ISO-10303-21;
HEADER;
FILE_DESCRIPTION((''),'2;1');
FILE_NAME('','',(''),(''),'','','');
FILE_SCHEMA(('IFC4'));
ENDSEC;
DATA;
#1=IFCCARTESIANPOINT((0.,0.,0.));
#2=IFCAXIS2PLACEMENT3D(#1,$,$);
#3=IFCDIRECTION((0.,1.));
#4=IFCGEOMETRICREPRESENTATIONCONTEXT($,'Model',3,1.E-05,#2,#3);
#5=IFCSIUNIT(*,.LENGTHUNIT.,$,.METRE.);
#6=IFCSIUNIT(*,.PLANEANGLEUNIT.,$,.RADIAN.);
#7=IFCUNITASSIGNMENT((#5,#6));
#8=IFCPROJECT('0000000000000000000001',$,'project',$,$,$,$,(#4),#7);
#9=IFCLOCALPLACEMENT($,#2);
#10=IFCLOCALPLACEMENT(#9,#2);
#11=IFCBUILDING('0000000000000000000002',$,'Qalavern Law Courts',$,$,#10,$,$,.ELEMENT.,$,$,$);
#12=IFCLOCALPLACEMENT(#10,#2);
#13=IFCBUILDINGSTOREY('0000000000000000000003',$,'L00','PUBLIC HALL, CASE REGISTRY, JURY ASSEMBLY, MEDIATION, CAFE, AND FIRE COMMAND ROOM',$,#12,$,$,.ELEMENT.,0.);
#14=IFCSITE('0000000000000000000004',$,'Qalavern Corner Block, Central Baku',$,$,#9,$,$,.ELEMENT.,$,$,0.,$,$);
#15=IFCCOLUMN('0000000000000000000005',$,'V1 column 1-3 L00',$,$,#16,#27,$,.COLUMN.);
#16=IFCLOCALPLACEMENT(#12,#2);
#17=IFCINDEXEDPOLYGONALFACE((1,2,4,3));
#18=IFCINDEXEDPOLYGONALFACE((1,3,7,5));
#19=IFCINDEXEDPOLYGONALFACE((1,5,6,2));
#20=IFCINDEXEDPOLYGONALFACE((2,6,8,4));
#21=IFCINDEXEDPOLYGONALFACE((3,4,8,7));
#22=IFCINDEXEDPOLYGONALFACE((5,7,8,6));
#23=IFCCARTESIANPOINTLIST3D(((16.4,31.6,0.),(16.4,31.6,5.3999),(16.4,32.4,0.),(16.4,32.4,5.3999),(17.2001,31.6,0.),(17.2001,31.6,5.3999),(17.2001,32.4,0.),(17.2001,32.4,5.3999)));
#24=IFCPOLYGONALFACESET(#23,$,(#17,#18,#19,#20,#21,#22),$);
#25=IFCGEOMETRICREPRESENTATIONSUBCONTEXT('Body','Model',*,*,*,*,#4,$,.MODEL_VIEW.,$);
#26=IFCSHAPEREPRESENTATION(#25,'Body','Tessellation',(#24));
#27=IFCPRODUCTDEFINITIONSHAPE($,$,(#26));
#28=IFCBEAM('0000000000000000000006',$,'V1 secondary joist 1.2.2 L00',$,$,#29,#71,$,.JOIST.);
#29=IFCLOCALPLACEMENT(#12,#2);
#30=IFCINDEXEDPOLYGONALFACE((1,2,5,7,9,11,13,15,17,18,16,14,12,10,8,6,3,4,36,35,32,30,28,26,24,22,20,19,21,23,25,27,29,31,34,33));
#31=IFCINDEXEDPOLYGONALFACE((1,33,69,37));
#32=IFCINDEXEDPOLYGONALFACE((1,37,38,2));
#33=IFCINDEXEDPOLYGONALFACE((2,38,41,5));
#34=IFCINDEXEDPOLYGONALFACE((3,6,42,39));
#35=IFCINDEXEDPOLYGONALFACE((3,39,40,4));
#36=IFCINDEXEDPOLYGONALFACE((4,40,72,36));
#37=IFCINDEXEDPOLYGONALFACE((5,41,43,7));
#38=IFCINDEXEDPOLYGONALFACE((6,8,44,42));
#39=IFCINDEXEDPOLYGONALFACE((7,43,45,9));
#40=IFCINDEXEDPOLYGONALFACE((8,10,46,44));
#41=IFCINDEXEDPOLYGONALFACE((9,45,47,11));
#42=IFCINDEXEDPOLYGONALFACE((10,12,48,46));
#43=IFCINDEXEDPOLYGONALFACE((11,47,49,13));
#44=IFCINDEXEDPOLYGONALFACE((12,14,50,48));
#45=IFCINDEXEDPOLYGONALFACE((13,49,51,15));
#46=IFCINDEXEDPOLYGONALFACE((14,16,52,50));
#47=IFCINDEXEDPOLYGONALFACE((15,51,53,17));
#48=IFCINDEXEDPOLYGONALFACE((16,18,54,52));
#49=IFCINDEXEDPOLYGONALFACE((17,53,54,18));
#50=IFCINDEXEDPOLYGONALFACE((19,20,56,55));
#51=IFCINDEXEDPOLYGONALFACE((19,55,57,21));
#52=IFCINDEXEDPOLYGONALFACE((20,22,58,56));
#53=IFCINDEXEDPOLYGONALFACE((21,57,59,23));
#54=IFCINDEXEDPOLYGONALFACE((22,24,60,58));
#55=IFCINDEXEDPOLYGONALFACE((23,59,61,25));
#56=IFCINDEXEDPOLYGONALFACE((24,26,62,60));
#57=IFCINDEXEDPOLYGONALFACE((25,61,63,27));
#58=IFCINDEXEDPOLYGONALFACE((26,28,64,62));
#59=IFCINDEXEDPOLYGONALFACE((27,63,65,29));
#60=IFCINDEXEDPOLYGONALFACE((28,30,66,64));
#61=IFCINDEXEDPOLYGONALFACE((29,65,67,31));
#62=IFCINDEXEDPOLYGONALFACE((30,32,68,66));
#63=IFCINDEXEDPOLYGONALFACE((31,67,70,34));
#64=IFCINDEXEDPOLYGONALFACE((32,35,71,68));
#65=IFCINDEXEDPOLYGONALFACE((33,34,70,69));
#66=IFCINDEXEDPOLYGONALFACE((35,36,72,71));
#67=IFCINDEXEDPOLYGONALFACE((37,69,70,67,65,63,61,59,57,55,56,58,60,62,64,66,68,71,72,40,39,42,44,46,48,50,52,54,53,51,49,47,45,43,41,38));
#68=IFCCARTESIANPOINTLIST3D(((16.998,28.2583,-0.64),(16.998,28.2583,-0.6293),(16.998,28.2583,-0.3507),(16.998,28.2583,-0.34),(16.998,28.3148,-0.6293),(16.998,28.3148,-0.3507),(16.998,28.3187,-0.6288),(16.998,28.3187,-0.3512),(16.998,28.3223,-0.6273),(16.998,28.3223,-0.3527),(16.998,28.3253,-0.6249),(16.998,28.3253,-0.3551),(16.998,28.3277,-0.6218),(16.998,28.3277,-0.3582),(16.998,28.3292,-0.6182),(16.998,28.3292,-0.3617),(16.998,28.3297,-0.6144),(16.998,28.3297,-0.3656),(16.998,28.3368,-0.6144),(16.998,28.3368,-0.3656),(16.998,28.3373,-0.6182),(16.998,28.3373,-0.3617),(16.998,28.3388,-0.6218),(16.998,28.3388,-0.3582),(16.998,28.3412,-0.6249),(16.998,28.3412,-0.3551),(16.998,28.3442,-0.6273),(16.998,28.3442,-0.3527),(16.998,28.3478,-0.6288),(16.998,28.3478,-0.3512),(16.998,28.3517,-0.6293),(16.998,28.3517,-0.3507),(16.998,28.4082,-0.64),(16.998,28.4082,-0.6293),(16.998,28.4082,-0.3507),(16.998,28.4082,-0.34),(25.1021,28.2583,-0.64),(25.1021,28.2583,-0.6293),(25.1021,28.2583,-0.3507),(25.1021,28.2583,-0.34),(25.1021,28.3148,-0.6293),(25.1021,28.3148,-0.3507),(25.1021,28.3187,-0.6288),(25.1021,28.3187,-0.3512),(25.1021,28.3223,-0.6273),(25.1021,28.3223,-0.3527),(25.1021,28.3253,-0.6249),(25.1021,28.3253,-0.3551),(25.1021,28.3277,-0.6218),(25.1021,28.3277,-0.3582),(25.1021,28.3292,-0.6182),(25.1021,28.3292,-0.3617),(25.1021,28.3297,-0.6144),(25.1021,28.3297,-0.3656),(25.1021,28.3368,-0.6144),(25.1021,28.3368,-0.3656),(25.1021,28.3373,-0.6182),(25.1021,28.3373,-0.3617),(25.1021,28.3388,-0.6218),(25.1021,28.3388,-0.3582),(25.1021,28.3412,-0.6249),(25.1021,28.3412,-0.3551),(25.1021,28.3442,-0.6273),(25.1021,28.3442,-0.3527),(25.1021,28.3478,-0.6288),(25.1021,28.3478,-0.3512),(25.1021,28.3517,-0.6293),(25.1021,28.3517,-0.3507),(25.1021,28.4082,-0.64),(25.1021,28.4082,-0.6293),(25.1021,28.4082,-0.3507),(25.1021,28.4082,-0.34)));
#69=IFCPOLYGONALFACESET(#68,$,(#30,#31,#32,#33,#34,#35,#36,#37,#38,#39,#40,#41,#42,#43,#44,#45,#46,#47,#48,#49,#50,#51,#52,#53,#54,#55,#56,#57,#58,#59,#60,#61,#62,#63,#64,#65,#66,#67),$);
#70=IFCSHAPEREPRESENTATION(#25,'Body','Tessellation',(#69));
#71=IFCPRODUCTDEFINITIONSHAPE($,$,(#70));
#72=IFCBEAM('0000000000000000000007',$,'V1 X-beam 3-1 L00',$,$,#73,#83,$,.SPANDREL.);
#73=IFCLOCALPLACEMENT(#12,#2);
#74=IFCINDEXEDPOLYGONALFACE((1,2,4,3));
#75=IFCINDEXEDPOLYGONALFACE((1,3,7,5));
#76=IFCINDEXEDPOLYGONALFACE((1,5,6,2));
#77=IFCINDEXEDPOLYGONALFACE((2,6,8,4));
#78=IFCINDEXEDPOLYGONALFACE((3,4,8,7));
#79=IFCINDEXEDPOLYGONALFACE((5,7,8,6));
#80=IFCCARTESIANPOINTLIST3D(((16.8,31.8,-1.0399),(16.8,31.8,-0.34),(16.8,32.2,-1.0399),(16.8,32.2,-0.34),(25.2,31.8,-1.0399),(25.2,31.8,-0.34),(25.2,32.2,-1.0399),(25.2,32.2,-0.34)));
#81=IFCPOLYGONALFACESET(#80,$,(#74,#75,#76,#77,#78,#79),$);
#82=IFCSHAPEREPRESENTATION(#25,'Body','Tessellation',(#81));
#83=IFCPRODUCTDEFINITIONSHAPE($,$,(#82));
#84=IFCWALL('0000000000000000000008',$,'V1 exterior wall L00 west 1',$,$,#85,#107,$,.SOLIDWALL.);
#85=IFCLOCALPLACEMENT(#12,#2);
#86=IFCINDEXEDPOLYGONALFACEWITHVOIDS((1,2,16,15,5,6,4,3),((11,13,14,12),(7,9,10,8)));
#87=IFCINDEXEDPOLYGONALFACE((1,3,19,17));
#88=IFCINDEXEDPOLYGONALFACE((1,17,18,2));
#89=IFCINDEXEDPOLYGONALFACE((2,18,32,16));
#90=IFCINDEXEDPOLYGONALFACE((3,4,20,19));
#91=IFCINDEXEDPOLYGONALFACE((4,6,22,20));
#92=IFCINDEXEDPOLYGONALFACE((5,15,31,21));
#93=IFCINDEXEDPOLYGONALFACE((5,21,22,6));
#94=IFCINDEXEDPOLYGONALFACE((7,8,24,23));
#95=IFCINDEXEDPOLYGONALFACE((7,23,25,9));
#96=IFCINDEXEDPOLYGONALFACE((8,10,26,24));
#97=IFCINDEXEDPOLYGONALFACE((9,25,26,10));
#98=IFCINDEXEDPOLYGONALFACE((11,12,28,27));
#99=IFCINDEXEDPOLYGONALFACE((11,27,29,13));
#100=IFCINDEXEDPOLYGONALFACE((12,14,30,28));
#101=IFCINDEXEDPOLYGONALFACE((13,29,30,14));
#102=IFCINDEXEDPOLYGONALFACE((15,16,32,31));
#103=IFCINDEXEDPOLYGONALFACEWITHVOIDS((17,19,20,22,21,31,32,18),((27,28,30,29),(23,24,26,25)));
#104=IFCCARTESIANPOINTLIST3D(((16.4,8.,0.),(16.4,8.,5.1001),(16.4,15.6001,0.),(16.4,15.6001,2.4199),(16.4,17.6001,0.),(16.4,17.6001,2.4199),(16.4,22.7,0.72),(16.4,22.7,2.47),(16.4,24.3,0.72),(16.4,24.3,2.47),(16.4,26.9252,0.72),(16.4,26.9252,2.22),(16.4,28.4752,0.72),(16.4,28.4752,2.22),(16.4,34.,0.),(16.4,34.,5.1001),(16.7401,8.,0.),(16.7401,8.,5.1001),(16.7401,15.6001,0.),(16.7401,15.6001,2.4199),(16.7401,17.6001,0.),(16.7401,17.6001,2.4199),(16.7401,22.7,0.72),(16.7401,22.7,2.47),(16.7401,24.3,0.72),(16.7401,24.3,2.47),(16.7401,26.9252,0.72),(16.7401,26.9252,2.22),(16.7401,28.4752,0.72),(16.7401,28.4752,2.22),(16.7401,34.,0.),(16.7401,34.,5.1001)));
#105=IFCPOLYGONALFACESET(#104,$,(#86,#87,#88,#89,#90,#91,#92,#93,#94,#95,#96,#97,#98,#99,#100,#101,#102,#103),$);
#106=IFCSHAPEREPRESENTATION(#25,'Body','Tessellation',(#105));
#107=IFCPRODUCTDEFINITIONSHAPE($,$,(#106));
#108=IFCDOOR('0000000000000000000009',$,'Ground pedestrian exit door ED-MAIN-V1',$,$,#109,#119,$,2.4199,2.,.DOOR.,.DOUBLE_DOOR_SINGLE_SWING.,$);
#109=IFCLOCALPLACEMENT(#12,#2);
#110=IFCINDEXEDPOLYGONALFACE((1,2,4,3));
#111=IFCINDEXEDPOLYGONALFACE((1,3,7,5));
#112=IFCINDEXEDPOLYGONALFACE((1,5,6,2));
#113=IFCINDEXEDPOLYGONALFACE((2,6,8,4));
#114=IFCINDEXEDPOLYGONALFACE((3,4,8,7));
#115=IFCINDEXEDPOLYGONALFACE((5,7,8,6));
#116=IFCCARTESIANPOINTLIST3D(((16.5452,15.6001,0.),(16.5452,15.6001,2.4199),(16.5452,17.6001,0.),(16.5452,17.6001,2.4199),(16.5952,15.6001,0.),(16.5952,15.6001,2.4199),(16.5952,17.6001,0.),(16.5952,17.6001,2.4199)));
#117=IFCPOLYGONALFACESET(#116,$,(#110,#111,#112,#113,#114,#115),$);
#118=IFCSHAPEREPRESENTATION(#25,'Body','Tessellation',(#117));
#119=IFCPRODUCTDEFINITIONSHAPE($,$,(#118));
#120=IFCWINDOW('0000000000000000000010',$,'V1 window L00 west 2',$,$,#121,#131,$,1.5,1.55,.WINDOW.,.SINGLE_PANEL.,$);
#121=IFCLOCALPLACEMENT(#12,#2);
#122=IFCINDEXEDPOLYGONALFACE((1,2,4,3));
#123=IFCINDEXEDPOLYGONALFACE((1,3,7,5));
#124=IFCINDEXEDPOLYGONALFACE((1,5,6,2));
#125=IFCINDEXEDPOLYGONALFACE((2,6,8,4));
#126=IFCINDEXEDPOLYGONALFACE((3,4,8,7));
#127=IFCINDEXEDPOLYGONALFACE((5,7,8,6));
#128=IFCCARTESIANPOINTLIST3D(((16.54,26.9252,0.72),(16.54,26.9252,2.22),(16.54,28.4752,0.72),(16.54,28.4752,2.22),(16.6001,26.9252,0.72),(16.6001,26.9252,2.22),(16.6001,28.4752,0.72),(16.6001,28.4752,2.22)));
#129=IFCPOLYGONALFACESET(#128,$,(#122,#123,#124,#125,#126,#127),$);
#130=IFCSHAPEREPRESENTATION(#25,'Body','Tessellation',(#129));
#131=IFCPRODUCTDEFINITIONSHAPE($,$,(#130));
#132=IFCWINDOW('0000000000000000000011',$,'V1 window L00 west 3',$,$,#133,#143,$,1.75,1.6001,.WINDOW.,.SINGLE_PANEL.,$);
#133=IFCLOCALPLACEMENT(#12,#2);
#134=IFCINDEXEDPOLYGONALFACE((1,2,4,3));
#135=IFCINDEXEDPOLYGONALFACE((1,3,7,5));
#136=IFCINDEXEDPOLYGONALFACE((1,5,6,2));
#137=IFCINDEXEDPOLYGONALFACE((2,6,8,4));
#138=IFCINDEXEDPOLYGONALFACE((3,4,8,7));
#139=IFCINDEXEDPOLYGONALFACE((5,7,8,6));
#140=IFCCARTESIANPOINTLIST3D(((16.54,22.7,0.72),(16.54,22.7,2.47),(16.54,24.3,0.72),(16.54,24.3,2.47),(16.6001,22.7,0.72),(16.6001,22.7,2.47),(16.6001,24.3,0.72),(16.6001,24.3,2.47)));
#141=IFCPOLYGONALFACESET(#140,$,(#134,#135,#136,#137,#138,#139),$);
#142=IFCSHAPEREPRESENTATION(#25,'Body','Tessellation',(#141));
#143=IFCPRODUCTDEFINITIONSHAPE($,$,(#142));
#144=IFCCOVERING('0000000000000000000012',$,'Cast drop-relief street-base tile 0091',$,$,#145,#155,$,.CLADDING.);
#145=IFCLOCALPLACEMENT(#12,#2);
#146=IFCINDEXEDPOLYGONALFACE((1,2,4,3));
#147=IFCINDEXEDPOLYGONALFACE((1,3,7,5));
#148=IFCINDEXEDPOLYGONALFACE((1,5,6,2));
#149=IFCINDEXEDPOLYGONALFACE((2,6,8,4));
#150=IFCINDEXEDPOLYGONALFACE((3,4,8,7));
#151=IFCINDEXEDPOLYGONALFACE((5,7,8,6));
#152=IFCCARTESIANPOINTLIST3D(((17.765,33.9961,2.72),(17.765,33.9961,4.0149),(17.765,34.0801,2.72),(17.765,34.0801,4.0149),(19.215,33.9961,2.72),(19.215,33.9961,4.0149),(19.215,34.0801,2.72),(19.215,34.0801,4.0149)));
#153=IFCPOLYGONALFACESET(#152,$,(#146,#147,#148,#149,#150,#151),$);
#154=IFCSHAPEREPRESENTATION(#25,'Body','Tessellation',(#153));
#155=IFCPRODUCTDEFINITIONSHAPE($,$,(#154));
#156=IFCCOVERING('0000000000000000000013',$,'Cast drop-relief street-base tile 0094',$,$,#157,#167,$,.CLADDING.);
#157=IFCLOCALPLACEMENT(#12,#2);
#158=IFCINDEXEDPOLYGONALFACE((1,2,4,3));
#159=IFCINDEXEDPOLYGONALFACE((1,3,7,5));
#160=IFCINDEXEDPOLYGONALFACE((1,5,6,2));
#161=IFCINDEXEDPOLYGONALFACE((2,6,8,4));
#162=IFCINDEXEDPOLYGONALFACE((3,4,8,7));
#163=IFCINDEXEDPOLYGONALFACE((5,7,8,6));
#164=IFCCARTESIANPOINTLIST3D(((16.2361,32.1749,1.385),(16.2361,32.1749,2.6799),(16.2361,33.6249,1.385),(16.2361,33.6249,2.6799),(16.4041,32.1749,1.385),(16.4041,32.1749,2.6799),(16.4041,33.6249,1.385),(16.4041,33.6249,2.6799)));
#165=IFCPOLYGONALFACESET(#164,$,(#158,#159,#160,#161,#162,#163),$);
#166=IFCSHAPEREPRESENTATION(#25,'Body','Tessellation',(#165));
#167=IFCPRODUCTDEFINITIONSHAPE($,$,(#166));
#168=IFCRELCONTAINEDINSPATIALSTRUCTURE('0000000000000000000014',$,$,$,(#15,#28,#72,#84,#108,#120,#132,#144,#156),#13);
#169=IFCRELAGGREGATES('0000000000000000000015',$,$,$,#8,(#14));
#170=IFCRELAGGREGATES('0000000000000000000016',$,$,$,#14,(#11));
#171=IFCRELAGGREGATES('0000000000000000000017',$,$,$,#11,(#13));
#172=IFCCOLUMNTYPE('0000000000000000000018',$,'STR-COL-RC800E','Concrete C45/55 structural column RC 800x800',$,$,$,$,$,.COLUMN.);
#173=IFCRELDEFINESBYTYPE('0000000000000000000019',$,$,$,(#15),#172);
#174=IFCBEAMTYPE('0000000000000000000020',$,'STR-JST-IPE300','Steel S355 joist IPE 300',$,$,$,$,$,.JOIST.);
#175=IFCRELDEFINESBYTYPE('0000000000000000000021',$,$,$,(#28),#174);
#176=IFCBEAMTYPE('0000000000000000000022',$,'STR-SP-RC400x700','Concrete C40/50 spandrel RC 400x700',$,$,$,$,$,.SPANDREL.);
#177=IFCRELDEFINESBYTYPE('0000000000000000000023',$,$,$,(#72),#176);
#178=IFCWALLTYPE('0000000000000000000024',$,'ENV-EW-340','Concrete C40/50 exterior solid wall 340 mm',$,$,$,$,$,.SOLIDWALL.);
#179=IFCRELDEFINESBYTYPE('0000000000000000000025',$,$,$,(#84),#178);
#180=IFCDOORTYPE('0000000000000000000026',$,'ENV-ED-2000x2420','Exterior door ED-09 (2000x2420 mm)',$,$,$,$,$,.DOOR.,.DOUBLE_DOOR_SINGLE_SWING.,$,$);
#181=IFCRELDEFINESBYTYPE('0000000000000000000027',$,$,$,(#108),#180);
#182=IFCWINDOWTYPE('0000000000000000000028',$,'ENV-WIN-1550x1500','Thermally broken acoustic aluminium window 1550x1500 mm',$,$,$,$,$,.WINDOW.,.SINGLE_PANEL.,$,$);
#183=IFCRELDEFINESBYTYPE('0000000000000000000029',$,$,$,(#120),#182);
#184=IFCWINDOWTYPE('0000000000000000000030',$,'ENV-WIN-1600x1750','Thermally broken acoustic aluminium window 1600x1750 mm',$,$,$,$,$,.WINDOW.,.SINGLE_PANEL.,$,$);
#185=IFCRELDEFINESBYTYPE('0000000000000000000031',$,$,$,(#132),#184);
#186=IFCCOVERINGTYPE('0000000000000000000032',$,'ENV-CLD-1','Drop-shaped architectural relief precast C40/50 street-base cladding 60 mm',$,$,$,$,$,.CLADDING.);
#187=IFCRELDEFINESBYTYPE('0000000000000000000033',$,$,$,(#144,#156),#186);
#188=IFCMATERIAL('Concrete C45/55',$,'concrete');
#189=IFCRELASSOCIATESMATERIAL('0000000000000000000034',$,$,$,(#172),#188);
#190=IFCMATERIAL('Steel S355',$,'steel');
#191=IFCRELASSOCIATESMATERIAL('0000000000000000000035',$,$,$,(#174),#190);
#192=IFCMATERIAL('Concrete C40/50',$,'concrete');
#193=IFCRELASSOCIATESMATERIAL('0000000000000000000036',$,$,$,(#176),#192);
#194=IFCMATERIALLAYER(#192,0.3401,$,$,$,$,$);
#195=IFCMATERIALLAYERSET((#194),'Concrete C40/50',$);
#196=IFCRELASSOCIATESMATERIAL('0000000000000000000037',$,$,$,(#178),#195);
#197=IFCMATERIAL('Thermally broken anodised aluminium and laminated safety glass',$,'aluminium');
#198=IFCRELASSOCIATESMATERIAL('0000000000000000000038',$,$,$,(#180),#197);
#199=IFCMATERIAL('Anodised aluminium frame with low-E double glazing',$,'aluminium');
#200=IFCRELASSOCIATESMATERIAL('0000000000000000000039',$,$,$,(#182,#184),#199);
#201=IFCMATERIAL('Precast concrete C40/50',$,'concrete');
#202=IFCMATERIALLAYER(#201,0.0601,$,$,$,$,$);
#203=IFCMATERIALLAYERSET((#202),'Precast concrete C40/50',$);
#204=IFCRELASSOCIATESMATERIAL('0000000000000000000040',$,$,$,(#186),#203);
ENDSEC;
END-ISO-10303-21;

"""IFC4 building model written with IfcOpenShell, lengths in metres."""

from ifc_helpers import new_model, si_unit, direction, frame, frame_2d, origin, origin_2d, place, context, subcontext, project, spatial, rectangle, i_section, extrude, material, layer, layer_set, material_profile, profile_set, type_object, element, fill, save


model = new_model("IFC4")

# Units and contexts
model_context = context("Model", 3, precision=1e-05, world=origin(), true_north=direction((0.0, 1.0)))
body_context = subcontext(model_context, "Body", "Model", "MODEL_VIEW")
ifc_project = project(units=[si_unit("LENGTHUNIT", "METRE"), si_unit("PLANEANGLEUNIT", "RADIAN")], contexts=[model_context])

# Site, building, storey
site_placement = place(None, origin())
site = spatial("IfcSite", under=ifc_project, at=site_placement, Name="Qalavern Corner Block, Central Baku", CompositionType="ELEMENT", RefElevation=0.0)
building_placement = place(site_placement, origin())
building = spatial("IfcBuilding", under=site, at=building_placement, Name="Qalavern Law Courts", CompositionType="ELEMENT")
storey_placement = place(building_placement, origin())
storey = spatial("IfcBuildingStorey", under=building, at=storey_placement, Name="L00", Description="PUBLIC HALL, CASE REGISTRY, JURY ASSEMBLY, MEDIATION, CAFE, AND FIRE COMMAND ROOM", CompositionType="ELEMENT", Elevation=0.0)

# Column
ifc_material_1 = material(Name="Concrete C45/55", Category="concrete")
ifc_material_profile_1 = material_profile(ifc_material_1, rectangle(XDim=0.8, YDim=0.8, at=origin_2d()), Name="RC 800x800")
ifc_profile_set_1 = profile_set([ifc_material_profile_1], Name="Concrete C45/55")
column_type = type_object("IfcColumnType", Name="STR-COL-RC800E", Description="Concrete C45/55 structural column RC 800x800", PredefinedType="COLUMN", material=ifc_profile_set_1)
column_placement = place(storey_placement, frame((16.8, 32.0, 0.0), z_axis=(0.0, 0.0, 1.0), x_axis=(1.0, 0.0, 0.0)))
element("IfcColumn", 1, at=column_placement, inside=storey, type_object=column_type, Name="V1 column 1-3 L00", PredefinedType="COLUMN", context=body_context, shape_type="SweptSolid", body=[
    extrude(rectangle(XDim=0.8, YDim=0.8, at=origin_2d()), origin(), (0.0, 0.0, 1.0), 5.3999),
])

# Beams
ifc_material_2 = material(Name="Steel S355", Category="steel")
ifc_material_profile_2 = material_profile(ifc_material_2, i_section(OverallWidth=0.1499, OverallDepth=0.3, WebThickness=0.0071, FlangeThickness=0.0107, FilletRadius=0.0149, at=origin_2d()), Name="IPE 300")
ifc_profile_set_2 = profile_set([ifc_material_profile_2], Name="Steel S355")
beam_type_1 = type_object("IfcBeamType", Name="STR-JST-IPE300", Description="Steel S355 joist IPE 300", PredefinedType="JOIST", material=ifc_profile_set_2)
beam_1_placement = place(storey_placement, frame((16.998, 28.3333, -0.49), z_axis=(1.0, 0.0, 0.0), x_axis=(0.0, 1.0, 0.0)))
element("IfcBeam", 2, at=beam_1_placement, inside=storey, type_object=beam_type_1, Name="V1 secondary joist 1.2.2 L00", PredefinedType="JOIST", context=body_context, shape_type="SweptSolid", body=[
    extrude(i_section(OverallWidth=0.1499, OverallDepth=0.3, WebThickness=0.0071, FlangeThickness=0.0107, FilletRadius=0.0149, at=origin_2d()), origin(), (0.0, 0.0, 1.0), 8.104),
])
ifc_material_3 = material(Name="Concrete C40/50", Category="concrete")
ifc_material_profile_3 = material_profile(ifc_material_3, rectangle(XDim=0.3999, YDim=0.7, at=origin_2d()), Name="RC 400x700")
ifc_profile_set_3 = profile_set([ifc_material_profile_3], Name="Concrete C40/50")
beam_type_2 = type_object("IfcBeamType", Name="STR-SP-RC400x700", Description="Concrete C40/50 spandrel RC 400x700", PredefinedType="SPANDREL", material=ifc_profile_set_3)
beam_2_placement = place(storey_placement, frame((16.8, 32.0, -0.6899), z_axis=(1.0, 0.0, 0.0), x_axis=(0.0, 1.0, 0.0)))
element("IfcBeam", 3, at=beam_2_placement, inside=storey, type_object=beam_type_2, Name="V1 X-beam 3-1 L00", PredefinedType="SPANDREL", context=body_context, shape_type="SweptSolid", body=[
    extrude(rectangle(XDim=0.3999, YDim=0.7, at=origin_2d()), origin(), (0.0, 0.0, 1.0), 8.3999),
])

# Wall, openings, door, windows
ifc_layer_1 = layer(ifc_material_3, 0.3401)
ifc_layer_set_1 = layer_set([ifc_layer_1], Name="Concrete C40/50")
wall_type = type_object("IfcWallType", Name="ENV-EW-340", Description="Concrete C40/50 exterior solid wall 340 mm", PredefinedType="SOLIDWALL", material=ifc_layer_set_1)
wall_placement = place(storey_placement, frame((16.5701, 34.0, 0.0), z_axis=(0.0, 0.0, 1.0), x_axis=(0.0, -1.0, 0.0)))
wall = element("IfcWall", 4, at=wall_placement, inside=storey, type_object=wall_type, Name="V1 exterior wall L00 west 1", PredefinedType="SOLIDWALL", context=body_context, shape_type="SweptSolid", body=[
    extrude(rectangle(XDim=26.0, YDim=0.3401, at=frame_2d((13.0, 0.0))), origin(), (0.0, 0.0, 1.0), 5.1001),
])
opening_1_placement = place(wall_placement, frame((16.3999, 0.0, 0.0)))
opening_1 = element("IfcOpeningElement", 5, at=opening_1_placement, cuts=wall, PredefinedType="OPENING", context=body_context, shape_type="SweptSolid", body=[
    extrude(rectangle(XDim=2.0, YDim=2.4199, at=frame_2d((1.0, 1.21))), frame((0.0, 0.1851, 0.0), z_axis=(0.0, -1.0, 0.0), x_axis=(1.0, 0.0, 0.0)), (0.0, 0.0, 1.0), 0.3699),
])
opening_2_placement = place(wall_placement, frame((5.5249, 0.0, 0.72)))
opening_2 = element("IfcOpeningElement", 6, at=opening_2_placement, cuts=wall, PredefinedType="OPENING", context=body_context, shape_type="SweptSolid", body=[
    extrude(rectangle(XDim=1.55, YDim=1.5, at=frame_2d((0.7749, 0.75))), frame((0.0, 0.1851, 0.0), z_axis=(0.0, -1.0, 0.0), x_axis=(1.0, 0.0, 0.0)), (0.0, 0.0, 1.0), 0.3699),
])
opening_3_placement = place(wall_placement, frame((9.7, 0.0, 0.72)))
opening_3 = element("IfcOpeningElement", 7, at=opening_3_placement, cuts=wall, PredefinedType="OPENING", context=body_context, shape_type="SweptSolid", body=[
    extrude(rectangle(XDim=1.6001, YDim=1.75, at=frame_2d((0.8, 0.875))), frame((0.0, 0.1851, 0.0), z_axis=(0.0, -1.0, 0.0), x_axis=(1.0, 0.0, 0.0)), (0.0, 0.0, 1.0), 0.3699),
])
ifc_material_4 = material(Name="Thermally broken anodised aluminium and laminated safety glass", Category="aluminium")
door_type = type_object("IfcDoorType", Name="ENV-ED-2000x2420", Description="Exterior door ED-09 (2000x2420 mm)", OperationType="DOUBLE_DOOR_SINGLE_SWING", PredefinedType="DOOR", material=ifc_material_4)
door_placement = place(opening_1_placement, frame((2.0, 0.0, 0.0), z_axis=(0.0, 0.0, 1.0), x_axis=(-1.0, 0.0, 0.0)))
door = element("IfcDoor", 8, at=door_placement, inside=storey, type_object=door_type, Name="Ground pedestrian exit door ED-MAIN-V1", OperationType="DOUBLE_DOOR_SINGLE_SWING", OverallHeight=2.4199, OverallWidth=2.0, PredefinedType="DOOR", context=body_context, shape_type="SweptSolid", body=[
    extrude(rectangle(XDim=2.0, YDim=2.4199, at=frame_2d((1.0, 1.21))), frame((0.0, 0.0249, 0.0), z_axis=(0.0, -1.0, 0.0), x_axis=(1.0, 0.0, 0.0)), (0.0, 0.0, 1.0), 0.05),
])
fill(opening_1, door)
ifc_material_5 = material(Name="Anodised aluminium frame with low-E double glazing", Category="aluminium")
window_type_1 = type_object("IfcWindowType", Name="ENV-WIN-1550x1500", Description="Thermally broken acoustic aluminium window 1550x1500 mm", PartitioningType="SINGLE_PANEL", PredefinedType="WINDOW", material=ifc_material_5)
window_1_placement = place(opening_2_placement, origin())
window_1 = element("IfcWindow", 9, at=window_1_placement, inside=storey, type_object=window_type_1, Name="V1 window L00 west 2", OverallHeight=1.5, OverallWidth=1.55, PartitioningType="SINGLE_PANEL", PredefinedType="WINDOW", context=body_context, shape_type="SweptSolid", body=[
    extrude(rectangle(XDim=1.55, YDim=1.5, at=frame_2d((0.7749, 0.75))), frame((0.0, 0.03, 0.0), z_axis=(0.0, -1.0, 0.0), x_axis=(1.0, 0.0, 0.0)), (0.0, 0.0, 1.0), 0.0601),
])
fill(opening_2, window_1)
window_type_2 = type_object("IfcWindowType", Name="ENV-WIN-1600x1750", Description="Thermally broken acoustic aluminium window 1600x1750 mm", PartitioningType="SINGLE_PANEL", PredefinedType="WINDOW", material=ifc_material_5)
window_2_placement = place(opening_3_placement, origin())
window_2 = element("IfcWindow", 10, at=window_2_placement, inside=storey, type_object=window_type_2, Name="V1 window L00 west 3", OverallHeight=1.75, OverallWidth=1.6001, PartitioningType="SINGLE_PANEL", PredefinedType="WINDOW", context=body_context, shape_type="SweptSolid", body=[
    extrude(rectangle(XDim=1.6001, YDim=1.75, at=frame_2d((0.8, 0.875))), frame((0.0, 0.03, 0.0), z_axis=(0.0, -1.0, 0.0), x_axis=(1.0, 0.0, 0.0)), (0.0, 0.0, 1.0), 0.0601),
])
fill(opening_3, window_2)

# Coverings
ifc_material_6 = material(Name="Precast concrete C40/50", Category="concrete")
ifc_layer_2 = layer(ifc_material_6, 0.0601)
ifc_layer_set_2 = layer_set([ifc_layer_2], Name="Precast concrete C40/50")
covering_type_1 = type_object("IfcCoveringType", Name="ENV-CLD-1", Description="Drop-shaped architectural relief precast C40/50 street-base cladding 60 mm", PredefinedType="CLADDING", material=ifc_layer_set_2)
covering_1_placement = place(storey_placement, frame((18.49, 34.0381, 2.72), z_axis=(0.0, 0.0, 1.0), x_axis=(-1.0, 0.0, 0.0)))
element("IfcCovering", 11, at=covering_1_placement, inside=storey, type_object=covering_type_1, Name="Cast drop-relief street-base tile 0091", PredefinedType="CLADDING", context=body_context, shape_type="SweptSolid", body=[
    extrude(rectangle(XDim=1.45, YDim=0.084, at=origin_2d()), origin(), (0.0, 0.0, 1.0), 1.2949),
])
covering_2_placement = place(storey_placement, frame((16.3201, 32.8999, 1.385), z_axis=(0.0, 0.0, 1.0), x_axis=(0.0, -1.0, 0.0)))
element("IfcCovering", 12, at=covering_2_placement, inside=storey, type_object=covering_type_1, Name="Cast drop-relief street-base tile 0094", PredefinedType="CLADDING", context=body_context, shape_type="SweptSolid", body=[
    extrude(rectangle(XDim=1.45, YDim=0.168, at=origin_2d()), origin(), (0.0, 0.0, 1.0), 1.2949),
])

save(model, "model.ifc")
